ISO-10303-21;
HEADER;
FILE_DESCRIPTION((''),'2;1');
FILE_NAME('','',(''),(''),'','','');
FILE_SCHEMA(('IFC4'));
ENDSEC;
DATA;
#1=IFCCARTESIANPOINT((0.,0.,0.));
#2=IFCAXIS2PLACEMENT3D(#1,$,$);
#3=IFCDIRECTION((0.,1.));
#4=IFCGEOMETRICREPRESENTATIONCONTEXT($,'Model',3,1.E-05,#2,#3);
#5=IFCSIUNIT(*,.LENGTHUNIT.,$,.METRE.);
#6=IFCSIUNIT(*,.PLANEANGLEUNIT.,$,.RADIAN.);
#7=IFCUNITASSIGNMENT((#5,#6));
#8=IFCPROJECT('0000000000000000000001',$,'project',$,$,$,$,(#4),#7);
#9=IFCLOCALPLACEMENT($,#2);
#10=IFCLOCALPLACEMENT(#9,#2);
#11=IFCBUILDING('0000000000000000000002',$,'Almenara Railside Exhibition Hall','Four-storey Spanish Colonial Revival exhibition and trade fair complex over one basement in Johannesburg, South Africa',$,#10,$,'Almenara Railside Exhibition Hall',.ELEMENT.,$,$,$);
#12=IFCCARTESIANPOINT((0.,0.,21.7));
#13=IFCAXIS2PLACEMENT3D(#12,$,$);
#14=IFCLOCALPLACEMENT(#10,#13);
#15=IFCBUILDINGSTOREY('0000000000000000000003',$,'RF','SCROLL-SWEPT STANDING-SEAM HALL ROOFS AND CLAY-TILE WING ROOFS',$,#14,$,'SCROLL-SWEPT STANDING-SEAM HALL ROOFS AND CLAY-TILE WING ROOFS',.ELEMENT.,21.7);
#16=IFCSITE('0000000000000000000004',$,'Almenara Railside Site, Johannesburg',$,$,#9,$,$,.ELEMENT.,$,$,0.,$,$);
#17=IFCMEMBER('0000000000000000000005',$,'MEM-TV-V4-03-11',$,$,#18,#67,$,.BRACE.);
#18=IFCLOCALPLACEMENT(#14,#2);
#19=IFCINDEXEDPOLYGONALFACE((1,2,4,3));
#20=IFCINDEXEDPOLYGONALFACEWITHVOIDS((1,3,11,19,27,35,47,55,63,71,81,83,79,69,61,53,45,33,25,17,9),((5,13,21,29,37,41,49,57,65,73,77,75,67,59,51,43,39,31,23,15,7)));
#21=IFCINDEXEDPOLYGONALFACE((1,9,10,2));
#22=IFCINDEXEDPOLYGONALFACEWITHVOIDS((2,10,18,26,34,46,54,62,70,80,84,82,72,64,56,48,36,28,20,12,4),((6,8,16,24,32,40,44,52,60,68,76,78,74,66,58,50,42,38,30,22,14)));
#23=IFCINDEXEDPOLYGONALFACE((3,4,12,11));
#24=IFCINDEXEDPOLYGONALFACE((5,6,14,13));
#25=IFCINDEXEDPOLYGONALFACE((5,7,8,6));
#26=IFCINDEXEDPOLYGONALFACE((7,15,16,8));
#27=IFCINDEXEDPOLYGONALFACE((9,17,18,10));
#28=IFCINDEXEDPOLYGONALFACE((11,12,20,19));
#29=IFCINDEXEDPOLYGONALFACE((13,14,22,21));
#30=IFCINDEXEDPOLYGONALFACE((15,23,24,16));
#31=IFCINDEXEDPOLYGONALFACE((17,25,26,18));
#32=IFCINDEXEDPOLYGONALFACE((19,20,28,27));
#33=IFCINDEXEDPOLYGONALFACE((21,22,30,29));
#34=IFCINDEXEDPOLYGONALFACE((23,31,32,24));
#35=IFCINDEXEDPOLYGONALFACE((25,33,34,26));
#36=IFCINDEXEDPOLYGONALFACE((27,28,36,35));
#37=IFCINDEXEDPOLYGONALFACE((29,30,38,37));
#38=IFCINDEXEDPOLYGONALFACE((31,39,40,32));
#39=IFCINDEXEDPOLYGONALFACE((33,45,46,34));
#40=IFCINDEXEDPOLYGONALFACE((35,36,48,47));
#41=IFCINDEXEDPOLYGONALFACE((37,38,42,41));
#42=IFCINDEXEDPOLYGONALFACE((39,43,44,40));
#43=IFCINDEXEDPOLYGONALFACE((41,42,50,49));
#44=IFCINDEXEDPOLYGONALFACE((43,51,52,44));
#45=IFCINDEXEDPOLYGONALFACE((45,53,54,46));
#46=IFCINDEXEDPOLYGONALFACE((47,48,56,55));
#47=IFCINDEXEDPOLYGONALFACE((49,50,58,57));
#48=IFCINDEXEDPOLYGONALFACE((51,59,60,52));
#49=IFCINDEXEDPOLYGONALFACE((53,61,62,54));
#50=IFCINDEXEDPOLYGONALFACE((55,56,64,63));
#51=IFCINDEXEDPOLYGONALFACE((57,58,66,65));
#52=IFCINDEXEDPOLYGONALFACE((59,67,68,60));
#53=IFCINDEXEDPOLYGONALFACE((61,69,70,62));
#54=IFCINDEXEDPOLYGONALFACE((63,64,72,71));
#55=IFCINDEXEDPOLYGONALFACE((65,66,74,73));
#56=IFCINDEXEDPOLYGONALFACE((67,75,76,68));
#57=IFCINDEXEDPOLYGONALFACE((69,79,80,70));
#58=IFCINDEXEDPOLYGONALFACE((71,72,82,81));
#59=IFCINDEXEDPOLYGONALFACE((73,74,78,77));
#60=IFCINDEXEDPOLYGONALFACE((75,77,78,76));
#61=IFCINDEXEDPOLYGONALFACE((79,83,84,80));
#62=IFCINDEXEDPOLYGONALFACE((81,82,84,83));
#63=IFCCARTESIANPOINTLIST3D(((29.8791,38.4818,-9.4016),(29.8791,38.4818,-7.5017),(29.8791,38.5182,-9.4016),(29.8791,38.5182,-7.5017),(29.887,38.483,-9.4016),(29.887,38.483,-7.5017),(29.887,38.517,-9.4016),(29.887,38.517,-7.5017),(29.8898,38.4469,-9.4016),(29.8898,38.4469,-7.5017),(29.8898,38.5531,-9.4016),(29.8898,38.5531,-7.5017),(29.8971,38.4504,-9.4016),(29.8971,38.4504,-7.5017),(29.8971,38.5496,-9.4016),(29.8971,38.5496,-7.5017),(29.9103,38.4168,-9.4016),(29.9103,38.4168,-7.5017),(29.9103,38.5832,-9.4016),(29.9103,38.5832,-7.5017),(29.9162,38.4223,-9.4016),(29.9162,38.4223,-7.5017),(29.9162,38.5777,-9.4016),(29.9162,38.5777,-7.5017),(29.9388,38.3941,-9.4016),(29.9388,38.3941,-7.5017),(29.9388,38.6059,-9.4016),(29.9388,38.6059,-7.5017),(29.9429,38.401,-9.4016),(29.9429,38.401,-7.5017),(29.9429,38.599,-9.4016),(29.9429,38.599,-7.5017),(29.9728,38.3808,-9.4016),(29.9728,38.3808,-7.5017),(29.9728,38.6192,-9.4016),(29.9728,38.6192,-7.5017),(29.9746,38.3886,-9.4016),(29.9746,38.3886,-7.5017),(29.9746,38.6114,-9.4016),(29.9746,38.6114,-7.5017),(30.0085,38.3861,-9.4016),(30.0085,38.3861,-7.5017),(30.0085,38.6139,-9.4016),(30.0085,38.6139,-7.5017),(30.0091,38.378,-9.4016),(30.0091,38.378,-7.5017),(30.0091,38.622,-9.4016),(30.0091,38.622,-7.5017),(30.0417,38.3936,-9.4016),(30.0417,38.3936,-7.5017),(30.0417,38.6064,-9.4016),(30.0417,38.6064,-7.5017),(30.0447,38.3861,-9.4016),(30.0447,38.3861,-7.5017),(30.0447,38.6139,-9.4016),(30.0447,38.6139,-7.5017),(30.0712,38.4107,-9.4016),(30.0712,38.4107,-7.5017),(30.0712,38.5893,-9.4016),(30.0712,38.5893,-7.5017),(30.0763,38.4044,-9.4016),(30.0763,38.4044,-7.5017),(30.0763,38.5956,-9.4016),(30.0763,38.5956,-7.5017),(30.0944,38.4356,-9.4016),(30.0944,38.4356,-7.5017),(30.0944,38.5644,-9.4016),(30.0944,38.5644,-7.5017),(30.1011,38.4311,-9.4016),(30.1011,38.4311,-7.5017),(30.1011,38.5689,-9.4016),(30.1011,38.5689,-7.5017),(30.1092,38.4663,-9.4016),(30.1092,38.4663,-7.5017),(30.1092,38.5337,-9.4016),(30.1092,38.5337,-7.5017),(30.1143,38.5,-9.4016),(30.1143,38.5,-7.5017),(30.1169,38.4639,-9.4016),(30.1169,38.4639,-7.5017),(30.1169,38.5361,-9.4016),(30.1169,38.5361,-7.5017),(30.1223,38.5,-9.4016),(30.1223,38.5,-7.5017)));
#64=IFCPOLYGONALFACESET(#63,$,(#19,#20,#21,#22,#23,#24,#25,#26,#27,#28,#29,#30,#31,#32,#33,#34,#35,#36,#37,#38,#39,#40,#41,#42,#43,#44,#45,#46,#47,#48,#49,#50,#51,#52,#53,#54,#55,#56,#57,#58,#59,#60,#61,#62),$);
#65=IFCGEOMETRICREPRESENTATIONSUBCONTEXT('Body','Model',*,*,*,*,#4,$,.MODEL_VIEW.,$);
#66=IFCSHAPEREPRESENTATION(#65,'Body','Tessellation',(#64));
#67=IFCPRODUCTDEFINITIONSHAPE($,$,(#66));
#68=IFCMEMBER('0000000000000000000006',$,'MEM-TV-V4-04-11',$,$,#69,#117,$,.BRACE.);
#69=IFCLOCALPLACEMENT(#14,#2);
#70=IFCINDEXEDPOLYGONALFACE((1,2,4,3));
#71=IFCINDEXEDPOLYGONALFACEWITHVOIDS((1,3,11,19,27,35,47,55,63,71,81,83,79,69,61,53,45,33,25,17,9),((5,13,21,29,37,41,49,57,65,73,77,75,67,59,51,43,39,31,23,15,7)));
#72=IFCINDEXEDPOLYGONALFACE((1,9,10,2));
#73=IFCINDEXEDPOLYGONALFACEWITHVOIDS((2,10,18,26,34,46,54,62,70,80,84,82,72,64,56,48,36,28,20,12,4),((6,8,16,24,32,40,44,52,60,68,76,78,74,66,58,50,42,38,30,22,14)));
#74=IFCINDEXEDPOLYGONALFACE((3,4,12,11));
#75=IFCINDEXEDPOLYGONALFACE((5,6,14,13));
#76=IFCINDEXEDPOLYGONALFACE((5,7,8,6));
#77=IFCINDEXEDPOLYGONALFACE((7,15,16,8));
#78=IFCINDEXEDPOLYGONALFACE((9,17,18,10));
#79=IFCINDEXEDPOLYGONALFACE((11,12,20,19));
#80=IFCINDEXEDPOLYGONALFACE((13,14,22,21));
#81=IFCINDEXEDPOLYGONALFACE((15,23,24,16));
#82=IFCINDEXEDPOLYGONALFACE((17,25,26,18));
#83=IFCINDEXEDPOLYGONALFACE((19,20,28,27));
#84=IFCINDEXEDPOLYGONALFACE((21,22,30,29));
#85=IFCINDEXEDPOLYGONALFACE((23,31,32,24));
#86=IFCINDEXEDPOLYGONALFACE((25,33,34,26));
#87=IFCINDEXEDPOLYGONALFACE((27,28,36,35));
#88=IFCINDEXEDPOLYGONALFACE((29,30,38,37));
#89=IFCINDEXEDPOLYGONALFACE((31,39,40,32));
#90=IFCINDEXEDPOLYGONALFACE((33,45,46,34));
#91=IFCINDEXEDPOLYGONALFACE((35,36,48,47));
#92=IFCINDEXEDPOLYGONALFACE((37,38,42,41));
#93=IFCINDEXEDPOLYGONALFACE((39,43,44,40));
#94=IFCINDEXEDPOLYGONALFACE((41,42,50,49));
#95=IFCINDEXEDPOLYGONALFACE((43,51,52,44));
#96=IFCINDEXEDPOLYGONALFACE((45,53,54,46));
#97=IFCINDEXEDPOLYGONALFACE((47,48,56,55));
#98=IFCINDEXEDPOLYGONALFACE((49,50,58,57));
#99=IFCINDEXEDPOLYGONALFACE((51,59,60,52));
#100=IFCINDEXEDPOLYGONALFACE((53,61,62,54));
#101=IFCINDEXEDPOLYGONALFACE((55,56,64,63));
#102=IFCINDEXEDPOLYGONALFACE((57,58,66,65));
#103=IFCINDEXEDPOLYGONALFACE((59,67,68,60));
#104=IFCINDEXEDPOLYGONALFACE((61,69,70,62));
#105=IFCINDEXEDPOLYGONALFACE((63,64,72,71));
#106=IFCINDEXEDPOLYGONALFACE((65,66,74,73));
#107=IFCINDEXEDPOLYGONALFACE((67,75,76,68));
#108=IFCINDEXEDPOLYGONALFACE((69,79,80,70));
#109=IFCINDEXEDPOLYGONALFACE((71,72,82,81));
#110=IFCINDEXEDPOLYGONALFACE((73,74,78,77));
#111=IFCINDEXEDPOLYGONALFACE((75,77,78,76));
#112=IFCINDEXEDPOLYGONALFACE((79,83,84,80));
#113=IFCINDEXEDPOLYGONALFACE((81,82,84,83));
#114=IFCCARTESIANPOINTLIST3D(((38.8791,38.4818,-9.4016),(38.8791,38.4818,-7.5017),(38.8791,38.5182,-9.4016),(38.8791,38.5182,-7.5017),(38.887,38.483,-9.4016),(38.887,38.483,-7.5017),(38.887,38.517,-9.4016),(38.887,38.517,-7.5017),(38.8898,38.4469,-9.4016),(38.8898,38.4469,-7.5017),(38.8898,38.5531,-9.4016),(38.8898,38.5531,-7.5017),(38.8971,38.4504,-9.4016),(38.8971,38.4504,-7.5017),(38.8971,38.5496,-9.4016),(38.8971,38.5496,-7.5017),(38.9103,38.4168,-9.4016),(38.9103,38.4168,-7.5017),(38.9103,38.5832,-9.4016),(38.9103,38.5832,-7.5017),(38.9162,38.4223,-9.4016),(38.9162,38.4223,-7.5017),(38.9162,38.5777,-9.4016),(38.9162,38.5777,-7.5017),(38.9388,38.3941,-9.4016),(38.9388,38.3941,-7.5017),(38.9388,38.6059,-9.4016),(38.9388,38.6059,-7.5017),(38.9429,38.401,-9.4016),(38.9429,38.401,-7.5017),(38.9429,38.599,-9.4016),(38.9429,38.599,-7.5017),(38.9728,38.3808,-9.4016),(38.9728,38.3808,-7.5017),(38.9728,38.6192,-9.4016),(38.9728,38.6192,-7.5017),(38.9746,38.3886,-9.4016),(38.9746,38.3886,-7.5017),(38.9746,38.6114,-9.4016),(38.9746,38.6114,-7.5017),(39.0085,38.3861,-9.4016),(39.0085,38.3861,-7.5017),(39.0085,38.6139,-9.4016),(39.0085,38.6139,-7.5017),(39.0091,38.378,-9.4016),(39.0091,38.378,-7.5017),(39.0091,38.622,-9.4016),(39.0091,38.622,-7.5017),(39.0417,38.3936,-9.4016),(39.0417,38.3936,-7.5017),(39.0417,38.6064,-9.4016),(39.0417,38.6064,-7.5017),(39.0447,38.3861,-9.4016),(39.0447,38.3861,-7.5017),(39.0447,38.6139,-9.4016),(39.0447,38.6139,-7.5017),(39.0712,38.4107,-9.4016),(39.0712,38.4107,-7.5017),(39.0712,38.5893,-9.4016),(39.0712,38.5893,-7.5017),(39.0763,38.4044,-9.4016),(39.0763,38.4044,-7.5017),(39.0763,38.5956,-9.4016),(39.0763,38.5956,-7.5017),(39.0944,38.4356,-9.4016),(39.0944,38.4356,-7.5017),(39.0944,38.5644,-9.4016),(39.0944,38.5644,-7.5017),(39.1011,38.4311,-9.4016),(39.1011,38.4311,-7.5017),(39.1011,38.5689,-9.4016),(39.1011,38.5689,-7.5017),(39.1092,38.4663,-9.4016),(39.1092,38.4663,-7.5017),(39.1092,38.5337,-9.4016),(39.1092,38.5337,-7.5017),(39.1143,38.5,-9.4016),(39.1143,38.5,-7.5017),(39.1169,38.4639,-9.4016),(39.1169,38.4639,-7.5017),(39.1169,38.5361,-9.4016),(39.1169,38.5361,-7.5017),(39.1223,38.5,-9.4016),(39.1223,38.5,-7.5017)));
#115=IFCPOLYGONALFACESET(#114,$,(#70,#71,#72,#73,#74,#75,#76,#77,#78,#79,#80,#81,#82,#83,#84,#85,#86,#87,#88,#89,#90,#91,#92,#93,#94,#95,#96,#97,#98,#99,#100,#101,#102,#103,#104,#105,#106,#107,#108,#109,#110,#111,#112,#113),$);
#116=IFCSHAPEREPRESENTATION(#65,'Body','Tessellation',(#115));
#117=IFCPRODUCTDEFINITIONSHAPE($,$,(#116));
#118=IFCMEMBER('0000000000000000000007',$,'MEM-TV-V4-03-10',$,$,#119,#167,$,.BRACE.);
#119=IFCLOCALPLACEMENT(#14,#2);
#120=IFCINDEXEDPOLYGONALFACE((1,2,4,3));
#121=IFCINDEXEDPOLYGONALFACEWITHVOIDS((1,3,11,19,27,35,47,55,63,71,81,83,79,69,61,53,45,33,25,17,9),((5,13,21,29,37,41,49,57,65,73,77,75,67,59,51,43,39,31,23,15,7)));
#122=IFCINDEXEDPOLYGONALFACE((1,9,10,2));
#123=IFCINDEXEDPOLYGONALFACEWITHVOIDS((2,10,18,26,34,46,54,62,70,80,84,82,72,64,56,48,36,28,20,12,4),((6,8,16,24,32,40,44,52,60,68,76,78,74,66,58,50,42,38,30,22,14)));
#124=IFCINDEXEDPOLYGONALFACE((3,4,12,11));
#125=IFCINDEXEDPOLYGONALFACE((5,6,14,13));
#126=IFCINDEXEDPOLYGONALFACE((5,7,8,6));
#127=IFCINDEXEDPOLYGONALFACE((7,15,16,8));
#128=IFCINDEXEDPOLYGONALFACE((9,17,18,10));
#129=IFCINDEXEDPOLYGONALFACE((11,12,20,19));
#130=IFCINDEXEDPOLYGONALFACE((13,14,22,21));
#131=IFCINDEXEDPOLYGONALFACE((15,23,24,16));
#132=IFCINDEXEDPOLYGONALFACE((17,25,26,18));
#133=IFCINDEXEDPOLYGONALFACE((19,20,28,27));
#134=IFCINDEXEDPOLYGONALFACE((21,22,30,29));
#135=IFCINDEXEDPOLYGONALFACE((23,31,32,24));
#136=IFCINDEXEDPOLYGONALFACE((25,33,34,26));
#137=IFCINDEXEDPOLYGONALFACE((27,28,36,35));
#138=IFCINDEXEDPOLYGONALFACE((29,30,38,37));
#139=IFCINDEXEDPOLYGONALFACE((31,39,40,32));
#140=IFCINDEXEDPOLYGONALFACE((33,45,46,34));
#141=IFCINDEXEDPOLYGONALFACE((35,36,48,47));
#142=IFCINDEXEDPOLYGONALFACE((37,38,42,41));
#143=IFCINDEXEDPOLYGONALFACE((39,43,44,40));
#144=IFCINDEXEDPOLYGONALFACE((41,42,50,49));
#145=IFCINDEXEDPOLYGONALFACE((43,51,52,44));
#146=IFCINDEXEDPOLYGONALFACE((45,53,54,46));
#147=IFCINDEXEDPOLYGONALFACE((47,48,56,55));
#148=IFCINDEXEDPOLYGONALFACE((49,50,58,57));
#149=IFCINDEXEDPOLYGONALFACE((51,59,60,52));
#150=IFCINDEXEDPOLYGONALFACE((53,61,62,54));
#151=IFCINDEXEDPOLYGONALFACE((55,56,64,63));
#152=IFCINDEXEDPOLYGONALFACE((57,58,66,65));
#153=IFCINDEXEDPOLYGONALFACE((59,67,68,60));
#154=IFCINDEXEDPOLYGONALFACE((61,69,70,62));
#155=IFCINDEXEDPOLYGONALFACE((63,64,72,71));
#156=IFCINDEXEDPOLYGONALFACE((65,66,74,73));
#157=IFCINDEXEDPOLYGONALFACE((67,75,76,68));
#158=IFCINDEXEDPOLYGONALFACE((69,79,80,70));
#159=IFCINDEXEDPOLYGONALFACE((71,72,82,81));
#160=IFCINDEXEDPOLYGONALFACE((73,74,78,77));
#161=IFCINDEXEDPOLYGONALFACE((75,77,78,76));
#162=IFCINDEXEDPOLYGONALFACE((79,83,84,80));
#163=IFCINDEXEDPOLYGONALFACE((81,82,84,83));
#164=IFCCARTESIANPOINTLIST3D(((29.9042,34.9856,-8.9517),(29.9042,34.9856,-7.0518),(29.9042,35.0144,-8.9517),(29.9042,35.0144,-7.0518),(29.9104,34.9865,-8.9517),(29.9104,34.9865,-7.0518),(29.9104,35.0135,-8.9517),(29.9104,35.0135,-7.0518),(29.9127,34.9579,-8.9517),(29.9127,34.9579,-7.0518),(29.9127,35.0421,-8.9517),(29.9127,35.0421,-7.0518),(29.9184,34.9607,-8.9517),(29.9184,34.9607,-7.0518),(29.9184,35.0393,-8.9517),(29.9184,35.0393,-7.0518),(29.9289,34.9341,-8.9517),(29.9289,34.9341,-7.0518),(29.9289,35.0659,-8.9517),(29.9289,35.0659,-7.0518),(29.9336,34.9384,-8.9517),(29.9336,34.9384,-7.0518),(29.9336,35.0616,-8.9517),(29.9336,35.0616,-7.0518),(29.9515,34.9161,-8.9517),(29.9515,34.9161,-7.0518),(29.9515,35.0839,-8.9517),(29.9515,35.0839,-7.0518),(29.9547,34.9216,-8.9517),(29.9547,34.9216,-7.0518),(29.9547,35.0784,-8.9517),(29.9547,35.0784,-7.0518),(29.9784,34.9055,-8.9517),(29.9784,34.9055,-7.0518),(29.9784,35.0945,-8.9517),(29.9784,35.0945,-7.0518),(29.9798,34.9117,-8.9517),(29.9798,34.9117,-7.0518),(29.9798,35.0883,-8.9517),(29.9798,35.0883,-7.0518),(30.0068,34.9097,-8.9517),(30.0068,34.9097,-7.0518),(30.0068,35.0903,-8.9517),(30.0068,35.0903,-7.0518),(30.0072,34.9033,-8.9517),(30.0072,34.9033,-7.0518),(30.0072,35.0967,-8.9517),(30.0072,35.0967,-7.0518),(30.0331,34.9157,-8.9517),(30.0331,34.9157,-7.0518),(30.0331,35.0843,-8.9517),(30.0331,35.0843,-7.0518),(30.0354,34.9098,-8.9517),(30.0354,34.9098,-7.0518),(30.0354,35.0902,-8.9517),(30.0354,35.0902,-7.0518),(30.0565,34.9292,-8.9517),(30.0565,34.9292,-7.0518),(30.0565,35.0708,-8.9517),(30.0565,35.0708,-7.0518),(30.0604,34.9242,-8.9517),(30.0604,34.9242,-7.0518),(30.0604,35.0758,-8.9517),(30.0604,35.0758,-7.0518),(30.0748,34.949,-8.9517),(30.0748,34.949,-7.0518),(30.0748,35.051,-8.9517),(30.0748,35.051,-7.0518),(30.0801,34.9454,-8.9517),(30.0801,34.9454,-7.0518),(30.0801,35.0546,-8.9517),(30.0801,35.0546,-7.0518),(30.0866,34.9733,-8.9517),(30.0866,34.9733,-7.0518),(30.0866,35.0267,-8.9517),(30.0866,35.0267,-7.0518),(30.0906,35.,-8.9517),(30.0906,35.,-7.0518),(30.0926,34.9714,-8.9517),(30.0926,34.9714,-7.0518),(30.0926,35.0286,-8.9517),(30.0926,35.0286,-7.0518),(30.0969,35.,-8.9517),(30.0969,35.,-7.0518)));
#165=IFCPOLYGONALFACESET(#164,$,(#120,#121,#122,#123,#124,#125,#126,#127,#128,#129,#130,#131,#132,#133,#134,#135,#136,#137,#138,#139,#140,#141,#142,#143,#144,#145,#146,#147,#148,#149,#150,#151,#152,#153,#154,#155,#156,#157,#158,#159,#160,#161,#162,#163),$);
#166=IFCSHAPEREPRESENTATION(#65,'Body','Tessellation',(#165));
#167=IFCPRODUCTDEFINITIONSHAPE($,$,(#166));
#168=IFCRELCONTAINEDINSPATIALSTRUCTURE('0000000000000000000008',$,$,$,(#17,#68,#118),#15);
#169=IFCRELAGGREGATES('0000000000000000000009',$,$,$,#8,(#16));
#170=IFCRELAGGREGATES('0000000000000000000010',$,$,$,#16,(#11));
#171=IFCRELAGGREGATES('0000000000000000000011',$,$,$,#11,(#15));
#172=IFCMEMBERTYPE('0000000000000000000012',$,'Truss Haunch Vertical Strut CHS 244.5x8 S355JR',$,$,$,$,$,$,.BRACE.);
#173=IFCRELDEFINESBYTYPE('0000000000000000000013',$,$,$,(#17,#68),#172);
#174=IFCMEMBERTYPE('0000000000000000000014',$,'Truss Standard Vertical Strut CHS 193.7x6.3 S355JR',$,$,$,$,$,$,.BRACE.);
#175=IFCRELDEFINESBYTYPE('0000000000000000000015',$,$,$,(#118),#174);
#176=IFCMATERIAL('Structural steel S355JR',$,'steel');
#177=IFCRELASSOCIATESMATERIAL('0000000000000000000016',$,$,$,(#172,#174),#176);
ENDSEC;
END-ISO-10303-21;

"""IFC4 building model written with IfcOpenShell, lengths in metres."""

from ifc_helpers import new_model, si_unit, direction, frame, origin, origin_2d, place, context, subcontext, project, spatial, hollow_circle, extrude, material, material_profile, profile_set, type_object, element, save


model = new_model("IFC4")

# Units and contexts
model_context = context("Model", 3, precision=1e-05, world=origin(), true_north=direction((0.0, 1.0)))
body_context = subcontext(model_context, "Body", "Model", "MODEL_VIEW")
ifc_project = project(units=[si_unit("LENGTHUNIT", "METRE"), si_unit("PLANEANGLEUNIT", "RADIAN")], contexts=[model_context])

# Site, building, storey
site_placement = place(None, origin())
site = spatial("IfcSite", under=ifc_project, at=site_placement, Name="Almenara Railside Site, Johannesburg", CompositionType="ELEMENT", RefElevation=0.0)
building_placement = place(site_placement, origin())
building = spatial("IfcBuilding", under=site, at=building_placement, Name="Almenara Railside Exhibition Hall", Description="Four-storey Spanish Colonial Revival exhibition and trade fair complex over one basement in Johannesburg, South Africa", LongName="Almenara Railside Exhibition Hall", CompositionType="ELEMENT")
storey_placement = place(building_placement, frame((0.0, 0.0, 21.7)))
storey = spatial("IfcBuildingStorey", under=building, at=storey_placement, Name="RF", Description="SCROLL-SWEPT STANDING-SEAM HALL ROOFS AND CLAY-TILE WING ROOFS", LongName="SCROLL-SWEPT STANDING-SEAM HALL ROOFS AND CLAY-TILE WING ROOFS", CompositionType="ELEMENT", Elevation=21.7)

# Shared definitions
ifc_material = material(Name="Structural steel S355JR", Category="steel")

# Members
ifc_material_profile_1 = material_profile(ifc_material, hollow_circle(Radius=0.1223, WallThickness=0.0081, at=origin_2d()), Name="CHS 244.5x8")
ifc_profile_set_1 = profile_set([ifc_material_profile_1], Name="Structural steel S355JR")
member_type_1 = type_object("IfcMemberType", Name="Truss Haunch Vertical Strut CHS 244.5x8 S355JR", PredefinedType="BRACE", material=ifc_profile_set_1)
for number, where, z_axis, x_axis, name in (
    (1, (30.0, 38.5, -9.4016), (0.0, 0.0, 1.0), (1.0, 0.0, 0.0), "MEM-TV-V4-03-11"),
    (2, (39.0, 38.5, -9.4016), (0.0, 0.0, 1.0), (1.0, 0.0, 0.0), "MEM-TV-V4-04-11"),
):
    element("IfcMember", number, at=place(storey_placement, frame(where, z_axis=z_axis, x_axis=x_axis)), inside=storey, type_object=member_type_1, Name=name, PredefinedType="BRACE", context=body_context, shape_type="SweptSolid", body=[
        extrude(hollow_circle(Radius=0.1223, WallThickness=0.0081, at=origin_2d()), origin(), (0.0, 0.0, 1.0), 1.8999),
    ])
ifc_material_profile_2 = material_profile(ifc_material, hollow_circle(Radius=0.0969, WallThickness=0.0063, at=origin_2d()), Name="CHS 193.7x6.3")
ifc_profile_set_2 = profile_set([ifc_material_profile_2], Name="Structural steel S355JR")
member_type_2 = type_object("IfcMemberType", Name="Truss Standard Vertical Strut CHS 193.7x6.3 S355JR", PredefinedType="BRACE", material=ifc_profile_set_2)
for number, where, z_axis, x_axis, name in (
    (3, (30.0, 35.0, -8.9517), (0.0, 0.0, 1.0), (1.0, 0.0, 0.0), "MEM-TV-V4-03-10"),
):
    element("IfcMember", number, at=place(storey_placement, frame(where, z_axis=z_axis, x_axis=x_axis)), inside=storey, type_object=member_type_2, Name=name, PredefinedType="BRACE", context=body_context, shape_type="SweptSolid", body=[
        extrude(hollow_circle(Radius=0.0969, WallThickness=0.0063, at=origin_2d()), origin(), (0.0, 0.0, 1.0), 1.8999),
    ])

save(model, "model.ifc")
